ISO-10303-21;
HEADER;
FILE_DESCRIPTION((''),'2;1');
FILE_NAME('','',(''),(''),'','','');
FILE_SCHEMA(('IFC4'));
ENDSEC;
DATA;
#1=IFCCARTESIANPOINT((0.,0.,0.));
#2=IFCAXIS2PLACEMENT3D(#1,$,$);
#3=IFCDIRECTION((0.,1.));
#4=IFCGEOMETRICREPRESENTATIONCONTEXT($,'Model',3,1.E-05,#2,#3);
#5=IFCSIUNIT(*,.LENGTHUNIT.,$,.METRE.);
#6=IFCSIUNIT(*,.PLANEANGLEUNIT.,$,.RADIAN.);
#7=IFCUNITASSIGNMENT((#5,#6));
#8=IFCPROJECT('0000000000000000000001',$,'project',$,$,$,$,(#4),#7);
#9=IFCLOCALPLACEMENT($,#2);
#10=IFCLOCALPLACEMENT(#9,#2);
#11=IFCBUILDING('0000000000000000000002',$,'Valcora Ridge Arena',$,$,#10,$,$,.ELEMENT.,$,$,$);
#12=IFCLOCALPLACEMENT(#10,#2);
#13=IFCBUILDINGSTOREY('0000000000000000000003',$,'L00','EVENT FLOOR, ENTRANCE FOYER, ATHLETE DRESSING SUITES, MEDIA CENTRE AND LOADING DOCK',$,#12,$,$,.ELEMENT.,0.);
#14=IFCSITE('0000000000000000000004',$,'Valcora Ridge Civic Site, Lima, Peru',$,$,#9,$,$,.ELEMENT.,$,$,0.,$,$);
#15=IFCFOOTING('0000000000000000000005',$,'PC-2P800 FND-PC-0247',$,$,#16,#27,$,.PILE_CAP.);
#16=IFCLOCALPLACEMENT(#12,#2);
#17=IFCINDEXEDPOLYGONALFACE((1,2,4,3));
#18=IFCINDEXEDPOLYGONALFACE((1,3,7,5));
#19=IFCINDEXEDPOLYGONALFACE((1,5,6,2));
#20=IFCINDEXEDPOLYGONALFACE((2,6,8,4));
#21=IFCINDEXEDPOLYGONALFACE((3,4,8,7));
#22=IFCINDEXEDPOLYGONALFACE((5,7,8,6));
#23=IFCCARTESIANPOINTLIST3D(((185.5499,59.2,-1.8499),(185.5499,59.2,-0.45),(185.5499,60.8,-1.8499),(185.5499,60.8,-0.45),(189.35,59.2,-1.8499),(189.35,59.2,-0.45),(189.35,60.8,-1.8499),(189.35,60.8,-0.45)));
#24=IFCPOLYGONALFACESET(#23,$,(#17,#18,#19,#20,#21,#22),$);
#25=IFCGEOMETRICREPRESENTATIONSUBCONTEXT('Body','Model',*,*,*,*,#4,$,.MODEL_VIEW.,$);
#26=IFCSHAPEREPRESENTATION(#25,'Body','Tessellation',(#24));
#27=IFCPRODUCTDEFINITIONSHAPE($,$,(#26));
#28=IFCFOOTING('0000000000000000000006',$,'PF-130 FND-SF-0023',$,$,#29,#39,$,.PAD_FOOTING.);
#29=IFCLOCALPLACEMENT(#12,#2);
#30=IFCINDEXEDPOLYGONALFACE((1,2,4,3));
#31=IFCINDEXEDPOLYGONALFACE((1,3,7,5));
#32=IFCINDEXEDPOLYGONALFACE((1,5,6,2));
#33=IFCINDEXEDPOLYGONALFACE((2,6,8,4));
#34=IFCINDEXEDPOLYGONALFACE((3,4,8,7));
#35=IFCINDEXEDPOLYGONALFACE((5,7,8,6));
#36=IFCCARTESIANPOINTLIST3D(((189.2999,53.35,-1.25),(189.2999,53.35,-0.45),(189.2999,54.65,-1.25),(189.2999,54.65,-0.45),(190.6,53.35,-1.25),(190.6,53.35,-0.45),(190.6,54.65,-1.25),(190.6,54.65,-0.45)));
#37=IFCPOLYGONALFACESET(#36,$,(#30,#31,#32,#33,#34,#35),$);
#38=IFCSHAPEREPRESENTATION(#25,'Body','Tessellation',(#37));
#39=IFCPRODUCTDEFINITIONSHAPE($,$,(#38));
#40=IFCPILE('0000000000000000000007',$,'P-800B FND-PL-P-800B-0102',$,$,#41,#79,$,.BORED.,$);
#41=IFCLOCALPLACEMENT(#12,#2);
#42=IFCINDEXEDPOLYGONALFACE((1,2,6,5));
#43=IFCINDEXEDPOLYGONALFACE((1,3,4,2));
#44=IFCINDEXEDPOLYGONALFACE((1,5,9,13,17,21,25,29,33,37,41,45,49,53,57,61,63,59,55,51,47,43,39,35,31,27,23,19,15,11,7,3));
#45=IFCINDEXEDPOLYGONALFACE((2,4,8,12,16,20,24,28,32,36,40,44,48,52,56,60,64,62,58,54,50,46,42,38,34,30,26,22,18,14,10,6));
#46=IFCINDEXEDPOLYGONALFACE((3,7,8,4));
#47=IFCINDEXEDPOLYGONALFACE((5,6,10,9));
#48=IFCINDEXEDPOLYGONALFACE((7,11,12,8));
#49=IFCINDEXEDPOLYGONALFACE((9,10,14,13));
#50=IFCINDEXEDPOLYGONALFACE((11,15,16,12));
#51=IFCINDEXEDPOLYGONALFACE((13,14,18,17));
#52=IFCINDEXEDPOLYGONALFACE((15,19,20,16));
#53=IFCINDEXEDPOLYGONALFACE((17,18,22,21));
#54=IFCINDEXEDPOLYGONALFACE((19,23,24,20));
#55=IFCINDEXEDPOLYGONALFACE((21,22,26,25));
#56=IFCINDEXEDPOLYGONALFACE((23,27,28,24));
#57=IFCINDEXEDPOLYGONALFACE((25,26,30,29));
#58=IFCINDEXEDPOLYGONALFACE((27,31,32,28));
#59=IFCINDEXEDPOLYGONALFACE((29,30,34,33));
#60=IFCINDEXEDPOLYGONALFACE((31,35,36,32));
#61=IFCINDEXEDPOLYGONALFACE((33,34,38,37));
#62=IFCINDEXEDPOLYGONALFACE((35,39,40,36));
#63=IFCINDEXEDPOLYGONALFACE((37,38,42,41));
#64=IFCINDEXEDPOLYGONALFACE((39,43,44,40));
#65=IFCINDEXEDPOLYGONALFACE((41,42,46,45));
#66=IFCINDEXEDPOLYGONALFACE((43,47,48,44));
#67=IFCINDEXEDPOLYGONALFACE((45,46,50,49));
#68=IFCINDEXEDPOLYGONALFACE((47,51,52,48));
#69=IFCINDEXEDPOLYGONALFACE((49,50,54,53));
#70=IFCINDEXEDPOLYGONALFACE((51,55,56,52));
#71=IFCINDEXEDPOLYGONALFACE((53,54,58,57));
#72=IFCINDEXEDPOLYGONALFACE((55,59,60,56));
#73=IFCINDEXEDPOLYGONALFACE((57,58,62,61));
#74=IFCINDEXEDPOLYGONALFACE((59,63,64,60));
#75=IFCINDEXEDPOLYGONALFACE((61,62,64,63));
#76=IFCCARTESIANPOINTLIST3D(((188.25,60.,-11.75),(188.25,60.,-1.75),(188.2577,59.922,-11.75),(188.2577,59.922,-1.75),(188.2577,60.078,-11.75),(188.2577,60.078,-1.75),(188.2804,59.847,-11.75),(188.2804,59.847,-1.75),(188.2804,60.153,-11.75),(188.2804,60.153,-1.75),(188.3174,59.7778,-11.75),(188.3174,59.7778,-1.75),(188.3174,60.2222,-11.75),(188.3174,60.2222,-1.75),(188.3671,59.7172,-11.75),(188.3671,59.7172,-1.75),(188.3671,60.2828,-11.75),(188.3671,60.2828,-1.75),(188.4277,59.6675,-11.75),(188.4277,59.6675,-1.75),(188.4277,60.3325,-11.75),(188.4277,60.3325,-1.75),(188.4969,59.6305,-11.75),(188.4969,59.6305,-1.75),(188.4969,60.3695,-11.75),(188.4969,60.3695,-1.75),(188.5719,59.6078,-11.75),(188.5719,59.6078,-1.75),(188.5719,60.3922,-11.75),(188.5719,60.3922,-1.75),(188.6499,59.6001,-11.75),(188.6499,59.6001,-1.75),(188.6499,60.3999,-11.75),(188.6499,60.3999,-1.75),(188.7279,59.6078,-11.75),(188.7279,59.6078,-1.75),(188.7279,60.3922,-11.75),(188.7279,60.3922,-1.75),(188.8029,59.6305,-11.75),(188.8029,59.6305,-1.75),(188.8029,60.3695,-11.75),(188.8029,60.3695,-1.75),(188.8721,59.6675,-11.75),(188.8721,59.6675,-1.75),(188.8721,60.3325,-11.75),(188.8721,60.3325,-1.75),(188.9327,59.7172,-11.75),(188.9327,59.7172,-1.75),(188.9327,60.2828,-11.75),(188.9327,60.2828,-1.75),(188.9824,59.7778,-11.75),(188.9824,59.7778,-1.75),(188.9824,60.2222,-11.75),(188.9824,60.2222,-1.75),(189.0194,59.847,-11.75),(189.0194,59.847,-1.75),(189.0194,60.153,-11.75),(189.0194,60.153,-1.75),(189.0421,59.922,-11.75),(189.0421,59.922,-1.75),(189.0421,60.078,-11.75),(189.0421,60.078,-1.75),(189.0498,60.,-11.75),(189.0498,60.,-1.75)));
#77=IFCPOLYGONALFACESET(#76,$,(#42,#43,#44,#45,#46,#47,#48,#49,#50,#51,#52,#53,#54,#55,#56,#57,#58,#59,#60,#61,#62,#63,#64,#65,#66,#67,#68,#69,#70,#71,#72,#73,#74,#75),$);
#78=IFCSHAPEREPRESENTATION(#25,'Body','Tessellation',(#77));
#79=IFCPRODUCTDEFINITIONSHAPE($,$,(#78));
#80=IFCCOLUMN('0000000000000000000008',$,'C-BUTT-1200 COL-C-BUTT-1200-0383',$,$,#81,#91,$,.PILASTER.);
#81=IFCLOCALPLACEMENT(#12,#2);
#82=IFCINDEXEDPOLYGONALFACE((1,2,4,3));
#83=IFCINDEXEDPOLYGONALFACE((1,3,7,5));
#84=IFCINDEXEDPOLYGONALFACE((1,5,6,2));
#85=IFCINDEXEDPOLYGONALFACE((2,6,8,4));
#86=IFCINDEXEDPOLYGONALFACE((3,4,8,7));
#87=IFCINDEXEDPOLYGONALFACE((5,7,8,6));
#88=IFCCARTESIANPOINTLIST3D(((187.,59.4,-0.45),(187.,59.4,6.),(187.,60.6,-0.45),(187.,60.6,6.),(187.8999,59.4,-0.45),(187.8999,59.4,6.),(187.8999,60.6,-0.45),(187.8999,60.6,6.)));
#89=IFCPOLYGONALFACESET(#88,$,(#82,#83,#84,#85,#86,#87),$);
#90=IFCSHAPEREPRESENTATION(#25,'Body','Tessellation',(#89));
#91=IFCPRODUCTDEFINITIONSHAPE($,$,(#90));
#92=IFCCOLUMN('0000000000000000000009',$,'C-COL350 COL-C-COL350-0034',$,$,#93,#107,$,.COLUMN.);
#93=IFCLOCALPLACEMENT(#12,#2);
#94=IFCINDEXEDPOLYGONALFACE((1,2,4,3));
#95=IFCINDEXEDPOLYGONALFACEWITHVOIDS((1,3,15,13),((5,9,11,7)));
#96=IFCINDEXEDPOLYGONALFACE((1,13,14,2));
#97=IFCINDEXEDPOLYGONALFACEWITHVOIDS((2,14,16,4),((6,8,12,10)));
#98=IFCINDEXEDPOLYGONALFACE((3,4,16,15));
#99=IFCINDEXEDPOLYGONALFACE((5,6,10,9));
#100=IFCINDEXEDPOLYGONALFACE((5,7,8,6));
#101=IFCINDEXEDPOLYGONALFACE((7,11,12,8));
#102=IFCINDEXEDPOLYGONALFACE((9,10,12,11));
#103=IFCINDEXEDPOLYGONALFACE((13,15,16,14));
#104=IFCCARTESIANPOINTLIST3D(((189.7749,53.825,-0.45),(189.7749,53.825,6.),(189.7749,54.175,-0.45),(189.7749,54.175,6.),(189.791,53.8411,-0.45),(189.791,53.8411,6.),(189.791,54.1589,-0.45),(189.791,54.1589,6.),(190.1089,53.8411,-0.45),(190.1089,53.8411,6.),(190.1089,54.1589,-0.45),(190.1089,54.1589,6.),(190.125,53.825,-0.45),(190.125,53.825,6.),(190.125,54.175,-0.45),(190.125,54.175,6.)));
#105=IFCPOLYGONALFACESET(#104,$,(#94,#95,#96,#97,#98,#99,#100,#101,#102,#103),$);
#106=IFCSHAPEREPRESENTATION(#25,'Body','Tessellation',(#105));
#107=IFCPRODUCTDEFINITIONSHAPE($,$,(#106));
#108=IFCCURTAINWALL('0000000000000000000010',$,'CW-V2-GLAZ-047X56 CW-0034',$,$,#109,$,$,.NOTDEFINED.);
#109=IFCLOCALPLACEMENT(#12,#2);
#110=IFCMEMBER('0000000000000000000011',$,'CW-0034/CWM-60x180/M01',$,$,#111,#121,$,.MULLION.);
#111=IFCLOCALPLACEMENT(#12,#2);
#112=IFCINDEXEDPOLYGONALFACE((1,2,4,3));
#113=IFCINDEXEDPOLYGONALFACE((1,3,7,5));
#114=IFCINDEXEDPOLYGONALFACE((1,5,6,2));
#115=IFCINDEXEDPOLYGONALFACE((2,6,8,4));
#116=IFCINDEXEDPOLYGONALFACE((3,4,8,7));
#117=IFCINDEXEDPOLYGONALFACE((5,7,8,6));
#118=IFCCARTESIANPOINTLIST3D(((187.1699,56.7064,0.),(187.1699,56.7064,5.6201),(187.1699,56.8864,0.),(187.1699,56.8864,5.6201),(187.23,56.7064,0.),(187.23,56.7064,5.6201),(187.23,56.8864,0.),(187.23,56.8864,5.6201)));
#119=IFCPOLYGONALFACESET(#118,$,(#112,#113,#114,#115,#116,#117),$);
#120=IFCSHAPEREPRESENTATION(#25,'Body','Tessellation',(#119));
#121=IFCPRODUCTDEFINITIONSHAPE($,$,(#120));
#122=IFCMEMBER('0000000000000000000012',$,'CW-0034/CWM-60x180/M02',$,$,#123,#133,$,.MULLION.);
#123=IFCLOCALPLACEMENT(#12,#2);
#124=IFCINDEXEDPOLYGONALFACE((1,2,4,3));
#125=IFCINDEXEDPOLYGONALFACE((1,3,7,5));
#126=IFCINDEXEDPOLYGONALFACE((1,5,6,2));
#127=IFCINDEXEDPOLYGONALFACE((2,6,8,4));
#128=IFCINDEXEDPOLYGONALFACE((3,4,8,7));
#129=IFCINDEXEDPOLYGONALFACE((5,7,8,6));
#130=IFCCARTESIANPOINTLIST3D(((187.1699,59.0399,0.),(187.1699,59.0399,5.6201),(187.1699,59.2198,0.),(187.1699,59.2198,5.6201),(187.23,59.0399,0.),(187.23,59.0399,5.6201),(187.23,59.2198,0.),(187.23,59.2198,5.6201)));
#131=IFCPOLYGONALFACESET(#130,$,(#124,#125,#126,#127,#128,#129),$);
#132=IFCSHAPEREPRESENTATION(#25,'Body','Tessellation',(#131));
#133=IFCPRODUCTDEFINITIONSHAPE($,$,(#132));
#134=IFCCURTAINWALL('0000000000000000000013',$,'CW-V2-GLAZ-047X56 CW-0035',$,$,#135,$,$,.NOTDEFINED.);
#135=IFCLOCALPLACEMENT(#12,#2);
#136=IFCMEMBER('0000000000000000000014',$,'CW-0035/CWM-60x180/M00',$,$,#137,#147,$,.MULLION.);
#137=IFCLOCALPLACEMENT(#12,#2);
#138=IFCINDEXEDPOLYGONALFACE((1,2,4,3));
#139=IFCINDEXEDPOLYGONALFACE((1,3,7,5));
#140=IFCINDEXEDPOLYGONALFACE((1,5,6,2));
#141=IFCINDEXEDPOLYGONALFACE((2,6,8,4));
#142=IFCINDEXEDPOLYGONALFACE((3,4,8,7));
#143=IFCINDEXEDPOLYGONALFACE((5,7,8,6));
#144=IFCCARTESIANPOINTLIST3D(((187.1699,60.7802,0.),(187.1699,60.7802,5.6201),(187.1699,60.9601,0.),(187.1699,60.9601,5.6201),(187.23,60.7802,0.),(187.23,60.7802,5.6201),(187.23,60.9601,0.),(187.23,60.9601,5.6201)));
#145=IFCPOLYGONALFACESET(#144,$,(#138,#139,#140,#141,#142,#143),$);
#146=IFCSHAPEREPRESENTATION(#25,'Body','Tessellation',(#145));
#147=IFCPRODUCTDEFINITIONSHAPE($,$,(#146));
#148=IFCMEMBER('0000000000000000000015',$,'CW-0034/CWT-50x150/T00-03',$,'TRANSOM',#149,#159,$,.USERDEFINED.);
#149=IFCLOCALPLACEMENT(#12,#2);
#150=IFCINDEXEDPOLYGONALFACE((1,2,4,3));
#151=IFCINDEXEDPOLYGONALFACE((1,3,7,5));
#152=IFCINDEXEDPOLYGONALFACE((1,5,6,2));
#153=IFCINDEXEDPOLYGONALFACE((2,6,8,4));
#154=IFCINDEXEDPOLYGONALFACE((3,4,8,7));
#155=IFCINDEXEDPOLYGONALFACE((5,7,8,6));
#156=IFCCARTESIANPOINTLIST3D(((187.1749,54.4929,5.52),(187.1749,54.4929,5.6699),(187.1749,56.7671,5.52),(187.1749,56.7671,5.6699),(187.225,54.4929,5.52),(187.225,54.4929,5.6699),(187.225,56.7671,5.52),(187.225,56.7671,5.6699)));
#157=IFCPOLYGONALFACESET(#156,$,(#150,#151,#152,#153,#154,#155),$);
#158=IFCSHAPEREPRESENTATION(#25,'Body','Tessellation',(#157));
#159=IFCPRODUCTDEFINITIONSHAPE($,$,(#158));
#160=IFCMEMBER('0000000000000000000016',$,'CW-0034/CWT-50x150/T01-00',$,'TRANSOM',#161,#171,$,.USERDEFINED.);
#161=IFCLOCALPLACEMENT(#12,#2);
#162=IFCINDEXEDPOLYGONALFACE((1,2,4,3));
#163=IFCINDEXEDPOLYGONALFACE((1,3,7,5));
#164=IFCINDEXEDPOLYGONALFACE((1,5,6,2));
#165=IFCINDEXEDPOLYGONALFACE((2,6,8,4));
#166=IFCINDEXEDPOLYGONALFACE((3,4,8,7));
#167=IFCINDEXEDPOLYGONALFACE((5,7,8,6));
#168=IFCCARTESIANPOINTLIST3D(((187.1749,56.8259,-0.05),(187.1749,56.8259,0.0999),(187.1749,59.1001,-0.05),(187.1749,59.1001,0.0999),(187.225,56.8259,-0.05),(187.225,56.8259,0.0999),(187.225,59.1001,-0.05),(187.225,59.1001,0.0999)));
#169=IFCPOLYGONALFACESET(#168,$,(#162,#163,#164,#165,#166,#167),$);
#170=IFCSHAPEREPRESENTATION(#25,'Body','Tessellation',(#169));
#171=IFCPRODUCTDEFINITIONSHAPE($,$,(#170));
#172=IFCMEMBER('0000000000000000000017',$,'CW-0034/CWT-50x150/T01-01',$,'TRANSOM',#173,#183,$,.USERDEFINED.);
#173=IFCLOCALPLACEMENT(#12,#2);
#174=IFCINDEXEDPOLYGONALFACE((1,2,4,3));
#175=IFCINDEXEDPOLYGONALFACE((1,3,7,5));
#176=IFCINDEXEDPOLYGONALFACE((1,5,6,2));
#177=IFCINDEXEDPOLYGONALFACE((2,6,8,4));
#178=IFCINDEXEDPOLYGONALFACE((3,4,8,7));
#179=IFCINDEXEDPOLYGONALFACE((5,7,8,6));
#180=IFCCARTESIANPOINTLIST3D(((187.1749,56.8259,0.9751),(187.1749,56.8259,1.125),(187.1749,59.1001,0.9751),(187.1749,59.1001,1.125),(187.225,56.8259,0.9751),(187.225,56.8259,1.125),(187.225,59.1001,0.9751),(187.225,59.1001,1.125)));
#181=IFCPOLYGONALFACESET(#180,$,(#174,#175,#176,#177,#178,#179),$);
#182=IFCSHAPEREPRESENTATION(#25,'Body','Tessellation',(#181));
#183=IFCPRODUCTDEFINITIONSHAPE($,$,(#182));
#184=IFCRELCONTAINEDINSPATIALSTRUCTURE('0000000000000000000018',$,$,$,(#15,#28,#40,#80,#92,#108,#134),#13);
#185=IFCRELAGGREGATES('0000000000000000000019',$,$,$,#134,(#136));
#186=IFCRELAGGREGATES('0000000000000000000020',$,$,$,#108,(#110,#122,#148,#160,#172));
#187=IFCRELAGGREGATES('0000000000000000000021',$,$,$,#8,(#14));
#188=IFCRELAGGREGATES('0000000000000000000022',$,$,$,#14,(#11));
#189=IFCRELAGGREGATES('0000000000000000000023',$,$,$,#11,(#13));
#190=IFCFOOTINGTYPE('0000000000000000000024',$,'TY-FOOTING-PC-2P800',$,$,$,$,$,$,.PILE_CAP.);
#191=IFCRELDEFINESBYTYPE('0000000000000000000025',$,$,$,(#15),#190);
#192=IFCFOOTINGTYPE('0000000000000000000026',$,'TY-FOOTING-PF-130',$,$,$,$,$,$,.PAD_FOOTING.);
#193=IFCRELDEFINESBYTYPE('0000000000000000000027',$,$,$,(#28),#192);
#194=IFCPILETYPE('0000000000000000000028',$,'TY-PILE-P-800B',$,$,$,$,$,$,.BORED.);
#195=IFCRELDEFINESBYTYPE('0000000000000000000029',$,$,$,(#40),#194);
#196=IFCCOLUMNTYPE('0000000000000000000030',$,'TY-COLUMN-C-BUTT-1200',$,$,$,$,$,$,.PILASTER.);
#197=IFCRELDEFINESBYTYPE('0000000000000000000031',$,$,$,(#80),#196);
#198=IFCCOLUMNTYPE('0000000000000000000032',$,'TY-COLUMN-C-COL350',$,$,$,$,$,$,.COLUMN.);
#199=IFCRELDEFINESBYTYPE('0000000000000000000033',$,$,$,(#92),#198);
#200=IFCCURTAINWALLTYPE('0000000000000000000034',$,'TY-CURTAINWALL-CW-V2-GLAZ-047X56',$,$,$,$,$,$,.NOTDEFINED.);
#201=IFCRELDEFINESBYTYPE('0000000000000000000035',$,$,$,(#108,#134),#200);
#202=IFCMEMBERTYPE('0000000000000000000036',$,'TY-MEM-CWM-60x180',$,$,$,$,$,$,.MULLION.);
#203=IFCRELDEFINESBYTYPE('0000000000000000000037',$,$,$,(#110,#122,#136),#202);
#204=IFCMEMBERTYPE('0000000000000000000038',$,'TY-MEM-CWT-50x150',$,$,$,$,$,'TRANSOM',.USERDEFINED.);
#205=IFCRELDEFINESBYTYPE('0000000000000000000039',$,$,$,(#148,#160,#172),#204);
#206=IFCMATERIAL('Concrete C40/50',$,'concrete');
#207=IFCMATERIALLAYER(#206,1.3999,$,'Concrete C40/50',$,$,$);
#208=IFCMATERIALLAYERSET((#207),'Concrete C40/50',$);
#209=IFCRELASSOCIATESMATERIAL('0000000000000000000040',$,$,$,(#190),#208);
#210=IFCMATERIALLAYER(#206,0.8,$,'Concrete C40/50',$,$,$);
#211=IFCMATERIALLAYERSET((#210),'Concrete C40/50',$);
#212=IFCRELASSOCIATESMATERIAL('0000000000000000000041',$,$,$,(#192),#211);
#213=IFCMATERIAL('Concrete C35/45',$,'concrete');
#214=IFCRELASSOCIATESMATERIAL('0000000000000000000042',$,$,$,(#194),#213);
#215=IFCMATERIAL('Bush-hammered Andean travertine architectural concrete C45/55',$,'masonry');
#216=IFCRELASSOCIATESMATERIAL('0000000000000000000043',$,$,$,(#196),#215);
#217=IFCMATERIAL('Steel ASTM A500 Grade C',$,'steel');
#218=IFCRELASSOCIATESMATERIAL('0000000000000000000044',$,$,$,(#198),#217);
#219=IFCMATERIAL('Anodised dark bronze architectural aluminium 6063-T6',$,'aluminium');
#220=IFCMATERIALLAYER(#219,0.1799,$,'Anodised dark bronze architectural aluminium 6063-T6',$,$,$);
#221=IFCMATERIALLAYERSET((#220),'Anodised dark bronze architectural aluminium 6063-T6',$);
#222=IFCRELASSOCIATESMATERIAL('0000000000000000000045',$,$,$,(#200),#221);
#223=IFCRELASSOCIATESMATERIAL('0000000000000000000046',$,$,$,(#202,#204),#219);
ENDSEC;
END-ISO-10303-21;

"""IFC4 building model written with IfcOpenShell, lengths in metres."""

from ifc_helpers import new_model, si_unit, direction, frame, origin, origin_2d, place, context, subcontext, project, spatial, rectangle, hollow_rectangle, circle, extrude, material, layer, layer_set, material_profile, profile_set, type_object, element, aggregate, save


model = new_model("IFC4")

# Units and contexts
model_context = context("Model", 3, precision=1e-05, world=origin(), true_north=direction((0.0, 1.0)))
body_context = subcontext(model_context, "Body", "Model", "MODEL_VIEW")
ifc_project = project(units=[si_unit("LENGTHUNIT", "METRE"), si_unit("PLANEANGLEUNIT", "RADIAN")], contexts=[model_context])

# Site, building, storey
site_placement = place(None, origin())
site = spatial("IfcSite", under=ifc_project, at=site_placement, Name="Valcora Ridge Civic Site, Lima, Peru", CompositionType="ELEMENT", RefElevation=0.0)
building_placement = place(site_placement, origin())
building = spatial("IfcBuilding", under=site, at=building_placement, Name="Valcora Ridge Arena", CompositionType="ELEMENT")
storey_placement = place(building_placement, origin())
storey = spatial("IfcBuildingStorey", under=building, at=storey_placement, Name="L00", Description="EVENT FLOOR, ENTRANCE FOYER, ATHLETE DRESSING SUITES, MEDIA CENTRE AND LOADING DOCK", CompositionType="ELEMENT", Elevation=0.0)

# Footings
ifc_material_1 = material(Name="Concrete C40/50", Category="concrete")
ifc_layer_1 = layer(ifc_material_1, 1.3999, Name="Concrete C40/50")
ifc_layer_set_1 = layer_set([ifc_layer_1], Name="Concrete C40/50")
footing_type_1 = type_object("IfcFootingType", Name="TY-FOOTING-PC-2P800", PredefinedType="PILE_CAP", material=ifc_layer_set_1)
footing_1_placement = place(storey_placement, frame((187.45, 60.0, -1.8499), z_axis=(0.0, 0.0, 1.0), x_axis=(1.0, 0.0, 0.0)))
element("IfcFooting", 1, at=footing_1_placement, inside=storey, type_object=footing_type_1, Name="PC-2P800 FND-PC-0247", PredefinedType="PILE_CAP", context=body_context, shape_type="SweptSolid", body=[
    extrude(rectangle(XDim=3.8, YDim=1.6001, at=origin_2d()), origin(), (0.0, 0.0, 1.0), 1.3999),
])
ifc_layer_2 = layer(ifc_material_1, 0.8, Name="Concrete C40/50")
ifc_layer_set_2 = layer_set([ifc_layer_2], Name="Concrete C40/50")
footing_type_2 = type_object("IfcFootingType", Name="TY-FOOTING-PF-130", PredefinedType="PAD_FOOTING", material=ifc_layer_set_2)
footing_2_placement = place(storey_placement, frame((189.95, 54.0, -1.25), z_axis=(0.0, 0.0, 1.0), x_axis=(1.0, 0.0, 0.0)))
element("IfcFooting", 2, at=footing_2_placement, inside=storey, type_object=footing_type_2, Name="PF-130 FND-SF-0023", PredefinedType="PAD_FOOTING", context=body_context, shape_type="SweptSolid", body=[
    extrude(rectangle(XDim=1.3, YDim=1.3, at=origin_2d()), origin(), (0.0, 0.0, 1.0), 0.8),
])

# Pile
ifc_material_2 = material(Name="Concrete C35/45", Category="concrete")
ifc_material_profile_1 = material_profile(ifc_material_2, circle(Radius=0.3999, at=origin_2d()), Name="BORED PILE D800")
ifc_profile_set_1 = profile_set([ifc_material_profile_1], Name="Concrete C35/45")
pile_type = type_object("IfcPileType", Name="TY-PILE-P-800B", PredefinedType="BORED", material=ifc_profile_set_1)
pile_placement = place(storey_placement, frame((188.6499, 60.0, -1.75), z_axis=(0.0, 0.0, -1.0), x_axis=(1.0, 0.0, 0.0)))
element("IfcPile", 3, at=pile_placement, inside=storey, type_object=pile_type, Name="P-800B FND-PL-P-800B-0102", PredefinedType="BORED", context=body_context, shape_type="SweptSolid", body=[
    extrude(circle(Radius=0.3999, at=origin_2d()), origin(), (0.0, 0.0, 1.0), 10.0),
])

# Columns
ifc_material_3 = material(Name="Bush-hammered Andean travertine architectural concrete C45/55", Category="masonry")
ifc_material_profile_2 = material_profile(ifc_material_3, rectangle(XDim=0.8999, YDim=1.2, at=origin_2d()), Name="RC 900x1200")
ifc_profile_set_2 = profile_set([ifc_material_profile_2], Name="Bush-hammered Andean travertine architectural concrete C45/55")
column_type_1 = type_object("IfcColumnType", Name="TY-COLUMN-C-BUTT-1200", PredefinedType="PILASTER", material=ifc_profile_set_2)
column_1_placement = place(storey_placement, frame((187.45, 60.0, -0.45), z_axis=(0.0, 0.0, 1.0), x_axis=(1.0, 0.0, 0.0)))
element("IfcColumn", 4, at=column_1_placement, inside=storey, type_object=column_type_1, Name="C-BUTT-1200 COL-C-BUTT-1200-0383", PredefinedType="PILASTER", context=body_context, shape_type="SweptSolid", body=[
    extrude(rectangle(XDim=0.8999, YDim=1.2, at=origin_2d()), origin(), (0.0, 0.0, 1.0), 6.45),
])
ifc_material_4 = material(Name="Steel ASTM A500 Grade C", Category="steel")
ifc_material_profile_3 = material_profile(ifc_material_4, hollow_rectangle(XDim=0.3501, YDim=0.3501, WallThickness=0.0161, at=origin_2d()), Name="HSS350X350X16")
ifc_profile_set_3 = profile_set([ifc_material_profile_3], Name="Steel ASTM A500 Grade C")
column_type_2 = type_object("IfcColumnType", Name="TY-COLUMN-C-COL350", PredefinedType="COLUMN", material=ifc_profile_set_3)
column_2_placement = place(storey_placement, frame((189.95, 54.0, -0.45), z_axis=(0.0, 0.0, 1.0), x_axis=(1.0, 0.0, 0.0)))
element("IfcColumn", 5, at=column_2_placement, inside=storey, type_object=column_type_2, Name="C-COL350 COL-C-COL350-0034", PredefinedType="COLUMN", context=body_context, shape_type="SweptSolid", body=[
    extrude(hollow_rectangle(XDim=0.3501, YDim=0.3501, WallThickness=0.0161, at=origin_2d()), origin(), (0.0, 0.0, 1.0), 6.45),
])

# Curtain wall, members
ifc_material_5 = material(Name="Anodised dark bronze architectural aluminium 6063-T6", Category="aluminium")
ifc_layer_3 = layer(ifc_material_5, 0.1799, Name="Anodised dark bronze architectural aluminium 6063-T6")
ifc_layer_set_3 = layer_set([ifc_layer_3], Name="Anodised dark bronze architectural aluminium 6063-T6")
curtain_wall_type = type_object("IfcCurtainWallType", Name="TY-CURTAINWALL-CW-V2-GLAZ-047X56", PredefinedType="NOTDEFINED", material=ifc_layer_set_3)
curtain_wall_1_placement = place(storey_placement, origin())
curtain_wall_1 = element("IfcCurtainWall", 6, at=curtain_wall_1_placement, inside=storey, type_object=curtain_wall_type, Name="CW-V2-GLAZ-047X56 CW-0034", PredefinedType="NOTDEFINED")
ifc_material_profile_4 = material_profile(ifc_material_5, rectangle(XDim=0.0601, YDim=0.1799, at=origin_2d()), Name="ALU MULLION 60x180")
ifc_profile_set_4 = profile_set([ifc_material_profile_4], Name="Anodised dark bronze architectural aluminium 6063-T6")
member_type_1 = type_object("IfcMemberType", Name="TY-MEM-CWM-60x180", PredefinedType="MULLION", material=ifc_profile_set_4)
member_1_placement = place(storey_placement, frame((187.2, 56.7964, 0.0), z_axis=(0.0, 0.0, 1.0), x_axis=(-1.0, 0.0, 0.0)))
member_1 = element("IfcMember", 7, at=member_1_placement, type_object=member_type_1, Name="CW-0034/CWM-60x180/M01", PredefinedType="MULLION", context=body_context, shape_type="SweptSolid", body=[
    extrude(rectangle(XDim=0.0601, YDim=0.1799, at=origin_2d()), origin(), (0.0, 0.0, 1.0), 5.6201),
])
member_2_placement = place(storey_placement, frame((187.2, 59.1299, 0.0), z_axis=(0.0, 0.0, 1.0), x_axis=(-1.0, 0.0, 0.0)))
member_2 = element("IfcMember", 8, at=member_2_placement, type_object=member_type_1, Name="CW-0034/CWM-60x180/M02", PredefinedType="MULLION", context=body_context, shape_type="SweptSolid", body=[
    extrude(rectangle(XDim=0.0601, YDim=0.1799, at=origin_2d()), origin(), (0.0, 0.0, 1.0), 5.6201),
])

# Curtain wall, member
curtain_wall_2_placement = place(storey_placement, origin())
curtain_wall_2 = element("IfcCurtainWall", 9, at=curtain_wall_2_placement, inside=storey, type_object=curtain_wall_type, Name="CW-V2-GLAZ-047X56 CW-0035", PredefinedType="NOTDEFINED")
member_3_placement = place(storey_placement, frame((187.2, 60.8701, 0.0), z_axis=(0.0, 0.0, 1.0), x_axis=(-1.0, 0.0, 0.0)))
member_3 = element("IfcMember", 10, at=member_3_placement, type_object=member_type_1, Name="CW-0035/CWM-60x180/M00", PredefinedType="MULLION", context=body_context, shape_type="SweptSolid", body=[
    extrude(rectangle(XDim=0.0601, YDim=0.1799, at=origin_2d()), origin(), (0.0, 0.0, 1.0), 5.6201),
])

# Members
ifc_material_profile_5 = material_profile(ifc_material_5, rectangle(XDim=0.05, YDim=0.1499, at=origin_2d()), Name="ALU TRANSOM 50x150")
ifc_profile_set_5 = profile_set([ifc_material_profile_5], Name="Anodised dark bronze architectural aluminium 6063-T6")
member_type_2 = type_object("IfcMemberType", Name="TY-MEM-CWT-50x150", ElementType="TRANSOM", PredefinedType="USERDEFINED", material=ifc_profile_set_5)
member_4_placement = place(storey_placement, frame((187.2, 54.4929, 5.595), z_axis=(0.0, 1.0, 0.0), x_axis=(-1.0, 0.0, 0.0)))
member_4 = element("IfcMember", 11, at=member_4_placement, type_object=member_type_2, Name="CW-0034/CWT-50x150/T00-03", ObjectType="TRANSOM", PredefinedType="USERDEFINED", context=body_context, shape_type="SweptSolid", body=[
    extrude(rectangle(XDim=0.05, YDim=0.1499, at=origin_2d()), origin(), (0.0, 0.0, 1.0), 2.2742),
])
member_5_placement = place(storey_placement, frame((187.2, 56.8259, 0.0249), z_axis=(0.0, 1.0, 0.0), x_axis=(-1.0, 0.0, 0.0)))
member_5 = element("IfcMember", 12, at=member_5_placement, type_object=member_type_2, Name="CW-0034/CWT-50x150/T01-00", ObjectType="TRANSOM", PredefinedType="USERDEFINED", context=body_context, shape_type="SweptSolid", body=[
    extrude(rectangle(XDim=0.05, YDim=0.1499, at=origin_2d()), origin(), (0.0, 0.0, 1.0), 2.2742),
])
member_6_placement = place(storey_placement, frame((187.2, 56.8259, 1.05), z_axis=(0.0, 1.0, 0.0), x_axis=(-1.0, 0.0, 0.0)))
member_6 = element("IfcMember", 13, at=member_6_placement, type_object=member_type_2, Name="CW-0034/CWT-50x150/T01-01", ObjectType="TRANSOM", PredefinedType="USERDEFINED", context=body_context, shape_type="SweptSolid", body=[
    extrude(rectangle(XDim=0.05, YDim=0.1499, at=origin_2d()), origin(), (0.0, 0.0, 1.0), 2.2742),
])
aggregate(curtain_wall_2, [member_3])

aggregate(curtain_wall_1, [member_1, member_2, member_4, member_5, member_6])

save(model, "model.ifc")
